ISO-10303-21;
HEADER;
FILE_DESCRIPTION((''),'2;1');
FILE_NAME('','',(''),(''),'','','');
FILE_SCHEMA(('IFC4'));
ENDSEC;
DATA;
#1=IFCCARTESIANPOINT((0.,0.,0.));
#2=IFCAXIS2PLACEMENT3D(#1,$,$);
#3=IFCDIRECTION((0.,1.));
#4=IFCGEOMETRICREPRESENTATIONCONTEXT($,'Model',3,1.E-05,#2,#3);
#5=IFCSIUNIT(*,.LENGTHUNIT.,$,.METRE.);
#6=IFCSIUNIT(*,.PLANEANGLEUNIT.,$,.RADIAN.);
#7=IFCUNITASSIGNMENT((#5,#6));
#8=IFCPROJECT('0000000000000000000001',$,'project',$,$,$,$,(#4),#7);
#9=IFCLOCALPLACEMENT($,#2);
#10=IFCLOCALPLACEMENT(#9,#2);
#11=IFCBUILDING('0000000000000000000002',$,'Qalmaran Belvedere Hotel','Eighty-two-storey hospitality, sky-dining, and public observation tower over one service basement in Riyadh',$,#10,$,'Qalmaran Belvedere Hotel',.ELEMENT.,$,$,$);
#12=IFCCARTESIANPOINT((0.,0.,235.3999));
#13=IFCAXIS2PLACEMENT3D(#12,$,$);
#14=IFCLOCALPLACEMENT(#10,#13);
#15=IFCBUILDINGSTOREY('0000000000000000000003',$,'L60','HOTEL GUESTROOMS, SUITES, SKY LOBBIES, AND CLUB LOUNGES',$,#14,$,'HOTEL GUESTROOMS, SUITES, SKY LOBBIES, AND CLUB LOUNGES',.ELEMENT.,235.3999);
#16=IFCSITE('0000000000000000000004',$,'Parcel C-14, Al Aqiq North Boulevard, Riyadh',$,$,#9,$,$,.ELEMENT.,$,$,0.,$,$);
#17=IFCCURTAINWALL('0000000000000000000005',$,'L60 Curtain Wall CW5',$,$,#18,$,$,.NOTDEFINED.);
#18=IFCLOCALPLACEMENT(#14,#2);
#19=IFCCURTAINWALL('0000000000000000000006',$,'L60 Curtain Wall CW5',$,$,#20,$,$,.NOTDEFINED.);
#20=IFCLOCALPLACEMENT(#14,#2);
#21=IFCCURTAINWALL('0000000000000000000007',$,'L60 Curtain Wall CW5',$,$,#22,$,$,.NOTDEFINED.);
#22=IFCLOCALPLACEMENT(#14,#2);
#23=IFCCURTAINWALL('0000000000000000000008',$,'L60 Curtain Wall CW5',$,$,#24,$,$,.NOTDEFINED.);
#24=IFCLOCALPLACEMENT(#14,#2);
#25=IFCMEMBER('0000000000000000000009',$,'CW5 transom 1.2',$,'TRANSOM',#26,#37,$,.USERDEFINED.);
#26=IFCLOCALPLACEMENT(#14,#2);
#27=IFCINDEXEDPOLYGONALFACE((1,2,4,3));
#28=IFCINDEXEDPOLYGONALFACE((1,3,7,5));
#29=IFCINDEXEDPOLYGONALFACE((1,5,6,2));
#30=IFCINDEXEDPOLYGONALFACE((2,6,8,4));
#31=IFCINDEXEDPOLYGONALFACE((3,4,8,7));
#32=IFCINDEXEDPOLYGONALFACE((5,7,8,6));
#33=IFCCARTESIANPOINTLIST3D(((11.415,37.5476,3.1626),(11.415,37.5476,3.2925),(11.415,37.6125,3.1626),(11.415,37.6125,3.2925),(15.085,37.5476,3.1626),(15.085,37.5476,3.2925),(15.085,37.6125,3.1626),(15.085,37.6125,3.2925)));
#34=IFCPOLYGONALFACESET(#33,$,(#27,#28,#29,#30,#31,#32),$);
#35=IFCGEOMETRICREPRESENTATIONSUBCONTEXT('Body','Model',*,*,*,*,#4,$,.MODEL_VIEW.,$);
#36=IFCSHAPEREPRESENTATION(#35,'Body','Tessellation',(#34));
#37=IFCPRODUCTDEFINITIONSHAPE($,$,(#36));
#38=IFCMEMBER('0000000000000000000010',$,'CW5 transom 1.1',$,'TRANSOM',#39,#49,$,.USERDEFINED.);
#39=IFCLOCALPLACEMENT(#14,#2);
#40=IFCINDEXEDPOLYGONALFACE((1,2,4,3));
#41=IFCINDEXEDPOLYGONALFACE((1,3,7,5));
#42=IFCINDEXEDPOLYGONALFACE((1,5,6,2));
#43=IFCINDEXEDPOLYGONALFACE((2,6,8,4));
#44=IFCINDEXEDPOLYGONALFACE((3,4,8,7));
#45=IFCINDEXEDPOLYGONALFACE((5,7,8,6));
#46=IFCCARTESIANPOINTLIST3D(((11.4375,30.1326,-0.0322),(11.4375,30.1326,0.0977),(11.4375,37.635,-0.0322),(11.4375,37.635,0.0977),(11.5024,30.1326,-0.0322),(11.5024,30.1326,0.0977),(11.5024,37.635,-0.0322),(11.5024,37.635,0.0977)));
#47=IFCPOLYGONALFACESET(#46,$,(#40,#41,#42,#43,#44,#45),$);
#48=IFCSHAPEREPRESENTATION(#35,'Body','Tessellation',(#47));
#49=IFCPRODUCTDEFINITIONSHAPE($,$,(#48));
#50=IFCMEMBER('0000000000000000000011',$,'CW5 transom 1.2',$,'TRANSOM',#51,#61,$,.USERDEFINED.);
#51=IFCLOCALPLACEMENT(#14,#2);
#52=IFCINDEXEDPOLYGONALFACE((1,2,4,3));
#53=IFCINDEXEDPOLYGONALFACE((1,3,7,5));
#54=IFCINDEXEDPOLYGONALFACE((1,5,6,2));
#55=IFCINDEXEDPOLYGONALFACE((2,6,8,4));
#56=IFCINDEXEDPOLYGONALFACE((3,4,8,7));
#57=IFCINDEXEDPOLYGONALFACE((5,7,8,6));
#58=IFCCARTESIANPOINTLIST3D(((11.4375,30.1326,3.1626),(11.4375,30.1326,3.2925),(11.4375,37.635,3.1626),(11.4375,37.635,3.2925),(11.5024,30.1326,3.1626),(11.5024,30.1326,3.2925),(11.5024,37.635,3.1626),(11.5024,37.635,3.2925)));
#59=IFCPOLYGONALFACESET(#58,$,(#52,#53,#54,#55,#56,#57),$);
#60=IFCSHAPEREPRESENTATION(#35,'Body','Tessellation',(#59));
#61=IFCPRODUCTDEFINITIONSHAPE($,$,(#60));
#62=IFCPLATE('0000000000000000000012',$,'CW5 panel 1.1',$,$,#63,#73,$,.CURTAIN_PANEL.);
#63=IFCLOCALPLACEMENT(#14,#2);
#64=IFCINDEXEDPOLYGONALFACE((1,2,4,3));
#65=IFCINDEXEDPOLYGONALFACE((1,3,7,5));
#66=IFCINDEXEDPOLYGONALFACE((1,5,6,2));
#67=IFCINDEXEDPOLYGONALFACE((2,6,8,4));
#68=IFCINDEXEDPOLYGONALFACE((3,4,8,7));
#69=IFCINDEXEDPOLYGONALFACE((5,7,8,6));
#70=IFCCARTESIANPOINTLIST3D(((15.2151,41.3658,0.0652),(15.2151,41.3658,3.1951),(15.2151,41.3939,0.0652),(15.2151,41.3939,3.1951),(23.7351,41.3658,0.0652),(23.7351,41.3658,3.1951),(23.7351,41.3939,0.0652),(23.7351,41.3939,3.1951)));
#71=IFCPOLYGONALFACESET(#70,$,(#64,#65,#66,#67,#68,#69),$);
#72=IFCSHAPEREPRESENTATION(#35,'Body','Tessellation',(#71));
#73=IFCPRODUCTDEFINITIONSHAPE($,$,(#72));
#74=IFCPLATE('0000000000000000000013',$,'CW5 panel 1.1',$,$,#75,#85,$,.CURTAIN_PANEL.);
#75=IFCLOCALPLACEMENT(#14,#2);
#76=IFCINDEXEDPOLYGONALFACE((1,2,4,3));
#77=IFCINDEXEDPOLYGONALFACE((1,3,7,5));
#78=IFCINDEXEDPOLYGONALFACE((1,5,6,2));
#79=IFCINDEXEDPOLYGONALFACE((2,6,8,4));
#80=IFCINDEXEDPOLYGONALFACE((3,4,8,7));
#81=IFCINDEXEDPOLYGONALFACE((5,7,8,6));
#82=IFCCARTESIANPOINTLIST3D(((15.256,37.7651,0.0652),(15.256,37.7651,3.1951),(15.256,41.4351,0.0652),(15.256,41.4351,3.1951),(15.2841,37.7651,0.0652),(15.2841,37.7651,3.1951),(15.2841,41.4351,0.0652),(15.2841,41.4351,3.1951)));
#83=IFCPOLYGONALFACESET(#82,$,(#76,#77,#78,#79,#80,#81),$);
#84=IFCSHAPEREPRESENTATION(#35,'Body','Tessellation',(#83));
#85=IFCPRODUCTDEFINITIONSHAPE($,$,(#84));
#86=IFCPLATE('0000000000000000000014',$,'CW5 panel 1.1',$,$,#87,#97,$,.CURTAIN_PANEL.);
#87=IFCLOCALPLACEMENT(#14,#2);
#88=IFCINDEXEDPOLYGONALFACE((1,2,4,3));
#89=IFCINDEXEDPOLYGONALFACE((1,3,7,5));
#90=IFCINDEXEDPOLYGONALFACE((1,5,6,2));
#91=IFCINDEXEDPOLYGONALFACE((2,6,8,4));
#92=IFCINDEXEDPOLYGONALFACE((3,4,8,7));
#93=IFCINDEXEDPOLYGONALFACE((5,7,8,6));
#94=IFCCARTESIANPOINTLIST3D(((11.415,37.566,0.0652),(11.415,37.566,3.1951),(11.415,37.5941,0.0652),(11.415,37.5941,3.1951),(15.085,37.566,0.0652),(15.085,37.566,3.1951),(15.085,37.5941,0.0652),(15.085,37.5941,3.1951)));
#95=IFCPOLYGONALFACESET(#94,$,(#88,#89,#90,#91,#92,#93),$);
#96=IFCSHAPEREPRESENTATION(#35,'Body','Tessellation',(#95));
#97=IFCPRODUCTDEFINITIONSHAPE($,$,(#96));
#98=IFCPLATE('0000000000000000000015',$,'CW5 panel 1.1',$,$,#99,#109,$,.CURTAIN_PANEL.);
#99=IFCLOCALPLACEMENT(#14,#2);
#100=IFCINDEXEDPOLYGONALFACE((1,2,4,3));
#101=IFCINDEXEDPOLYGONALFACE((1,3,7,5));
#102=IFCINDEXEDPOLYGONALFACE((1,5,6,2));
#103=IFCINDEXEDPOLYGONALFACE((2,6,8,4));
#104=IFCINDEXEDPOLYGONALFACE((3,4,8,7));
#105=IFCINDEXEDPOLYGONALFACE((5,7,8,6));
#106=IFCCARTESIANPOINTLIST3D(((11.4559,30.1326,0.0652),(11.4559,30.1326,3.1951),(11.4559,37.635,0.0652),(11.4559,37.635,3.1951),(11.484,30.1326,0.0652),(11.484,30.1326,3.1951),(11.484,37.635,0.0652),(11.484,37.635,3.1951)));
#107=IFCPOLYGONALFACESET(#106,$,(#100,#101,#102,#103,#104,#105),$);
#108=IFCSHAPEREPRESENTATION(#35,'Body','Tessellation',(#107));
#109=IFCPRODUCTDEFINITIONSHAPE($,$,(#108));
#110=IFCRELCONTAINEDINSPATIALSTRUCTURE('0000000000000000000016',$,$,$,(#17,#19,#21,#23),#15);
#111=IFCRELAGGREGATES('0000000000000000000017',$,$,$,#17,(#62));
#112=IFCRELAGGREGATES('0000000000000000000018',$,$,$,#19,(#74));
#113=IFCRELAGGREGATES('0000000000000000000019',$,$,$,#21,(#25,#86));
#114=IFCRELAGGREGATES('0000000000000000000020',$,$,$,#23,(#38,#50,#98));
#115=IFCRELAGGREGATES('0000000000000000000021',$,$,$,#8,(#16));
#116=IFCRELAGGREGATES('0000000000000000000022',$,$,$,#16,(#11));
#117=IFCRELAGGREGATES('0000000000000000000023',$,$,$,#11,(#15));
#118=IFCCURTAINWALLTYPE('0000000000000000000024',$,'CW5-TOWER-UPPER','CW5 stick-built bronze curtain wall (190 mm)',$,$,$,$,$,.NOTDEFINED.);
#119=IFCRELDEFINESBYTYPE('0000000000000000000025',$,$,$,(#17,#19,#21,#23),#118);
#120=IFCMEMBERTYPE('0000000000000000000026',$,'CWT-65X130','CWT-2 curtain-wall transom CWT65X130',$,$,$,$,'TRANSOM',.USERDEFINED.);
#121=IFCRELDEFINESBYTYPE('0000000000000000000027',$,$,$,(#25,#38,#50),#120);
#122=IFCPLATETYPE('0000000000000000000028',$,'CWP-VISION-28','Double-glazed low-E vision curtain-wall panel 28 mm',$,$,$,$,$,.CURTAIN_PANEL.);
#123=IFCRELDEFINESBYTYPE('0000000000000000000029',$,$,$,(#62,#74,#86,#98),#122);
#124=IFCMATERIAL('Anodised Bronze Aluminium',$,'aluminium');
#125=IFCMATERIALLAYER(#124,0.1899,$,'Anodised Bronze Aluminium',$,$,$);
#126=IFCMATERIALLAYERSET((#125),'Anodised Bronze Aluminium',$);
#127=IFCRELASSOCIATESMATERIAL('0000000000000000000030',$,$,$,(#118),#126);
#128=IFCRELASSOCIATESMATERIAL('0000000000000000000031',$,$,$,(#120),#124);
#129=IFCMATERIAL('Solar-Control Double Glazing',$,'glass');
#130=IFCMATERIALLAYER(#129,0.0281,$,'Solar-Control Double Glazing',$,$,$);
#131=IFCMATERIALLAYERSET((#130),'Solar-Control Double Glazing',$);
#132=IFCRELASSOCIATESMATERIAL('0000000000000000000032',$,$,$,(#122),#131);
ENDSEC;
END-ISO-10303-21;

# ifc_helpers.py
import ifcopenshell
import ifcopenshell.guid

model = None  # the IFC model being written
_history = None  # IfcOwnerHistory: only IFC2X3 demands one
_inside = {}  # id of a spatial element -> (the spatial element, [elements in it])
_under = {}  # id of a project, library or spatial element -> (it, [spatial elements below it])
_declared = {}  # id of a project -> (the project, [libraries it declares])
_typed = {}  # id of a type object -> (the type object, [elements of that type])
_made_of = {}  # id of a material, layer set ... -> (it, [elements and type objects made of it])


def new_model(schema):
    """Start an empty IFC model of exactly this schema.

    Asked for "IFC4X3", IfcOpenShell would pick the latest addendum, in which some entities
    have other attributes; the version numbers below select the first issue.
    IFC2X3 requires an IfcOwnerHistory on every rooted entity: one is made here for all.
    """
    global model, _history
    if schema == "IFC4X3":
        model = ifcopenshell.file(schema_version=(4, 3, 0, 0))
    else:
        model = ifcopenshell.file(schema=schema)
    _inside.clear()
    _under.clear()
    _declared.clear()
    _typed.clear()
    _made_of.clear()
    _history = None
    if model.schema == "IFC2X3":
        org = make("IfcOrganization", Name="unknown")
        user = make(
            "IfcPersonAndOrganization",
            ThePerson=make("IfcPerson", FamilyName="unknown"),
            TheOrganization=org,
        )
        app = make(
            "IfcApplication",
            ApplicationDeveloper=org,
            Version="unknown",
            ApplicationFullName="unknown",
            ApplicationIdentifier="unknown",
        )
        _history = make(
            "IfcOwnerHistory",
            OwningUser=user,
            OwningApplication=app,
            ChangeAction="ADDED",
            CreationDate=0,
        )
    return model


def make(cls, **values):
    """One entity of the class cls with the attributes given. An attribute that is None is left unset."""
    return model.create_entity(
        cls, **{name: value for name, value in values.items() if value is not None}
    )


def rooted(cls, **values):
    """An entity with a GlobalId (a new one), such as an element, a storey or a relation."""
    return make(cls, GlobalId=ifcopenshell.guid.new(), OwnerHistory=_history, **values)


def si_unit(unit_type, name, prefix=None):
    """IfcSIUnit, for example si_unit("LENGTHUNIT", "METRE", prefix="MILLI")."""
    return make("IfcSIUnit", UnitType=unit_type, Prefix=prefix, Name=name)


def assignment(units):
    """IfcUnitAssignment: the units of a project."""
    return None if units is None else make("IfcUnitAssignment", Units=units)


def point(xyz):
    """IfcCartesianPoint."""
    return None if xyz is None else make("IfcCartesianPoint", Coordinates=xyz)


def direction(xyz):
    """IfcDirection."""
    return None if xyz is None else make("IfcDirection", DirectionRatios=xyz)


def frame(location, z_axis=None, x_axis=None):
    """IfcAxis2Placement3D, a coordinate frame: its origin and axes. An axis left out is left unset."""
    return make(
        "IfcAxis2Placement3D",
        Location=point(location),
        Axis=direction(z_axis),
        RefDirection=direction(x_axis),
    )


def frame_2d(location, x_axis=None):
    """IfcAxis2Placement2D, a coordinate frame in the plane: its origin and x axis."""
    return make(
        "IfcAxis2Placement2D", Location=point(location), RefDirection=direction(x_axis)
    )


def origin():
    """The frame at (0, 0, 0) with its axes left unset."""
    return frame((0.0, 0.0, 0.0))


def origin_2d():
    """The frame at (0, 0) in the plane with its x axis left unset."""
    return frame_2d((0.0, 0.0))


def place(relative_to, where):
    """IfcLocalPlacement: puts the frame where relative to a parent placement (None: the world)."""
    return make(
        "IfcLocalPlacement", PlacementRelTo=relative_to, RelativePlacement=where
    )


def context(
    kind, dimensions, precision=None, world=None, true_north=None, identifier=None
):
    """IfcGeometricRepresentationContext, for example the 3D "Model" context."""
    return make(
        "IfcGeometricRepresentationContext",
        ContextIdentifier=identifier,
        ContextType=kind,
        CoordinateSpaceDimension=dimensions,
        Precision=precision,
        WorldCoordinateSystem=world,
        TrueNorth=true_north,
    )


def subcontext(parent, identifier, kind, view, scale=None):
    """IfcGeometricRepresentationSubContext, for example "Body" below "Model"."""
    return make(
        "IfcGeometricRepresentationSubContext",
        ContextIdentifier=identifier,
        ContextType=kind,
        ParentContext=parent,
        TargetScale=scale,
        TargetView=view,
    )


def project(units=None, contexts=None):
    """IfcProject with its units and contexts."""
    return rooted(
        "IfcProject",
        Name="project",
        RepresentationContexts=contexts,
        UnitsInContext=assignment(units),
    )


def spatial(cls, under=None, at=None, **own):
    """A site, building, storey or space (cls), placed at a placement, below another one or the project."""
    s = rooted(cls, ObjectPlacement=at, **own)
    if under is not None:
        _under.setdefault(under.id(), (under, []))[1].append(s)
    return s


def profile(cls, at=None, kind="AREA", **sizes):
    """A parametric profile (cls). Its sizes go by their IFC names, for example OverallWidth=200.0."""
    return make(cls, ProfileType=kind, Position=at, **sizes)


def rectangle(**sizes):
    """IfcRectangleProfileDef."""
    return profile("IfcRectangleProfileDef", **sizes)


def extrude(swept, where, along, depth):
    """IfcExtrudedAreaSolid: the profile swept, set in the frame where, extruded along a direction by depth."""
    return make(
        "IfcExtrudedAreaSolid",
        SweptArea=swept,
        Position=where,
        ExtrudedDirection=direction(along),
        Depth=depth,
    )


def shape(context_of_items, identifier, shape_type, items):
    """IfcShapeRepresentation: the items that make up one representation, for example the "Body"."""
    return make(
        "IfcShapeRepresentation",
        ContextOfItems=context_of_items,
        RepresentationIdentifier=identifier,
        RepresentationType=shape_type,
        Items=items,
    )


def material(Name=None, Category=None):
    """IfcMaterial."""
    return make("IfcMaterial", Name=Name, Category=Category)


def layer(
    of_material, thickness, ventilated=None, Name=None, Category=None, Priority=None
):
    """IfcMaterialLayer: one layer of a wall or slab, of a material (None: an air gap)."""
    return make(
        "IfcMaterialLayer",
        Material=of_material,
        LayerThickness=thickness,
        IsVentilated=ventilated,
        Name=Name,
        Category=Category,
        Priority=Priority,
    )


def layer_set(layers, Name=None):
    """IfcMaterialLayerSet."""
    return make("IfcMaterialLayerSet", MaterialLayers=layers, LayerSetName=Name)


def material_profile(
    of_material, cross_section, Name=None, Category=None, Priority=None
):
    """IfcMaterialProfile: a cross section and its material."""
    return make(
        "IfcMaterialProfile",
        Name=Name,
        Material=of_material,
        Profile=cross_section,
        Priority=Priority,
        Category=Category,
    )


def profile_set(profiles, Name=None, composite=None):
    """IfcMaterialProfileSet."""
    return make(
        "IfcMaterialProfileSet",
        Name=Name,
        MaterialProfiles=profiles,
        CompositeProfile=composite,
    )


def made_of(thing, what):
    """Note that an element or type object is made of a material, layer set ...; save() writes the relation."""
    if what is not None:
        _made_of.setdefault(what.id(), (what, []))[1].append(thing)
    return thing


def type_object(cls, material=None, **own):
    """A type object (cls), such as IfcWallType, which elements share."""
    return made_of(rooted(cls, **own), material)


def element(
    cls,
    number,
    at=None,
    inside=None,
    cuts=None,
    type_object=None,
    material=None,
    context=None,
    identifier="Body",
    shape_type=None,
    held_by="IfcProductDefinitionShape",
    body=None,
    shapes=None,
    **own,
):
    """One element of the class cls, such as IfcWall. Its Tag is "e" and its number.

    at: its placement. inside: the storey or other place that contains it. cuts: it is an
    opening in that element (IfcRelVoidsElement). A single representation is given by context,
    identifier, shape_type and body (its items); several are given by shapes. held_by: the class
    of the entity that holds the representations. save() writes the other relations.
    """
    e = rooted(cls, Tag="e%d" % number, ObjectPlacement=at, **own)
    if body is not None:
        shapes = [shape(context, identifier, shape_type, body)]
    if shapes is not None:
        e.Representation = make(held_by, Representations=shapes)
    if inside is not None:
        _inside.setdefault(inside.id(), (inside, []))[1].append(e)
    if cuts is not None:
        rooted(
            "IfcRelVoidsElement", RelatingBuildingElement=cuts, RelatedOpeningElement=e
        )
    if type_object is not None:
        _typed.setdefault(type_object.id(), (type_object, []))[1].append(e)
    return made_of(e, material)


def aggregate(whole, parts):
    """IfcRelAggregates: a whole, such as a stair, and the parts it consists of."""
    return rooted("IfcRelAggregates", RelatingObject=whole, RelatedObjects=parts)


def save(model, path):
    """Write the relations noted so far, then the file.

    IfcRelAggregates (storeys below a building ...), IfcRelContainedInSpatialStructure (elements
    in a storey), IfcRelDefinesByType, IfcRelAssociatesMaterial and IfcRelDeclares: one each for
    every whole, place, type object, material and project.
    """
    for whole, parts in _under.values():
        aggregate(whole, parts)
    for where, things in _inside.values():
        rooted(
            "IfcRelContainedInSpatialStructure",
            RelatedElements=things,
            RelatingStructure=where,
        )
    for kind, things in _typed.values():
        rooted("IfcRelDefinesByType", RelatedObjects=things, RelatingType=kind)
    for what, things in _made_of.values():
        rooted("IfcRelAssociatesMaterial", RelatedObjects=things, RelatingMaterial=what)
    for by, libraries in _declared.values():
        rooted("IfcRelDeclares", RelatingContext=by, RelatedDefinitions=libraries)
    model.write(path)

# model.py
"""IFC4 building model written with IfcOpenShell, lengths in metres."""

from ifc_helpers import new_model, si_unit, direction, frame, origin, origin_2d, place, context, subcontext, project, spatial, rectangle, extrude, material, layer, layer_set, material_profile, profile_set, type_object, element, aggregate, save


model = new_model("IFC4")

# Units and contexts
model_context = context("Model", 3, precision=1e-05, world=origin(), true_north=direction((0.0, 1.0)))
body_context = subcontext(model_context, "Body", "Model", "MODEL_VIEW")
ifc_project = project(units=[si_unit("LENGTHUNIT", "METRE"), si_unit("PLANEANGLEUNIT", "RADIAN")], contexts=[model_context])

# Site, building, storey
site_placement = place(None, origin())
site = spatial("IfcSite", under=ifc_project, at=site_placement, Name="Parcel C-14, Al Aqiq North Boulevard, Riyadh", CompositionType="ELEMENT", RefElevation=0.0)
building_placement = place(site_placement, origin())
building = spatial("IfcBuilding", under=site, at=building_placement, Name="Qalmaran Belvedere Hotel", Description="Eighty-two-storey hospitality, sky-dining, and public observation tower over one service basement in Riyadh", LongName="Qalmaran Belvedere Hotel", CompositionType="ELEMENT")
storey_placement = place(building_placement, frame((0.0, 0.0, 235.3999)))
storey = spatial("IfcBuildingStorey", under=building, at=storey_placement, Name="L60", Description="HOTEL GUESTROOMS, SUITES, SKY LOBBIES, AND CLUB LOUNGES", LongName="HOTEL GUESTROOMS, SUITES, SKY LOBBIES, AND CLUB LOUNGES", CompositionType="ELEMENT", Elevation=235.3999)

# Curtain wall
ifc_material_1 = material(Name="Anodised Bronze Aluminium", Category="aluminium")
ifc_layer_1 = layer(ifc_material_1, 0.1899, Name="Anodised Bronze Aluminium")
ifc_layer_set_1 = layer_set([ifc_layer_1], Name="Anodised Bronze Aluminium")
curtain_wall_type = type_object("IfcCurtainWallType", Name="CW5-TOWER-UPPER", Description="CW5 stick-built bronze curtain wall (190 mm)", PredefinedType="NOTDEFINED", material=ifc_layer_set_1)
curtain_wall_1_placement = place(storey_placement, origin())
curtain_wall_1 = element("IfcCurtainWall", 1, at=curtain_wall_1_placement, inside=storey, type_object=curtain_wall_type, Name="L60 Curtain Wall CW5", PredefinedType="NOTDEFINED")

# Curtain walls
curtain_wall_2_placement = place(storey_placement, origin())
curtain_wall_2 = element("IfcCurtainWall", 2, at=curtain_wall_2_placement, inside=storey, type_object=curtain_wall_type, Name="L60 Curtain Wall CW5", PredefinedType="NOTDEFINED")
curtain_wall_3_placement = place(storey_placement, origin())
curtain_wall_3 = element("IfcCurtainWall", 3, at=curtain_wall_3_placement, inside=storey, type_object=curtain_wall_type, Name="L60 Curtain Wall CW5", PredefinedType="NOTDEFINED")

# Curtain wall
curtain_wall_4_placement = place(storey_placement, origin())
curtain_wall_4 = element("IfcCurtainWall", 4, at=curtain_wall_4_placement, inside=storey, type_object=curtain_wall_type, Name="L60 Curtain Wall CW5", PredefinedType="NOTDEFINED")

# Members
ifc_material_profile_1 = material_profile(ifc_material_1, rectangle(XDim=0.0649, YDim=0.1299, at=origin_2d()), Name="CWT65X130")
ifc_profile_set_1 = profile_set([ifc_material_profile_1], Name="Anodised Bronze Aluminium")
member_type_1 = type_object("IfcMemberType", Name="CWT-65X130", Description="CWT-2 curtain-wall transom CWT65X130", ElementType="TRANSOM", PredefinedType="USERDEFINED", material=ifc_profile_set_1)
member_1_placement = place(storey_placement, frame((15.085, 37.5801, 3.2275), z_axis=(-1.0, 0.0, 0.0), x_axis=(0.0, -1.0, 0.0)))
member_1 = element("IfcMember", 5, at=member_1_placement, type_object=member_type_1, Name="CW5 transom 1.2", ObjectType="TRANSOM", PredefinedType="USERDEFINED", context=body_context, shape_type="SweptSolid", body=[
    extrude(rectangle(XDim=0.0649, YDim=0.1299, at=origin_2d()), origin(), (0.0, 0.0, 1.0), 3.6699),
])
member_2_placement = place(storey_placement, frame((11.47, 37.635, 0.0327), z_axis=(0.0, -1.0, 0.0), x_axis=(1.0, 0.0, 0.0)))
member_2 = element("IfcMember", 6, at=member_2_placement, type_object=member_type_1, Name="CW5 transom 1.1", ObjectType="TRANSOM", PredefinedType="USERDEFINED", context=body_context, shape_type="SweptSolid", body=[
    extrude(rectangle(XDim=0.0649, YDim=0.1299, at=origin_2d()), origin(), (0.0, 0.0, 1.0), 7.5024),
])
member_3_placement = place(storey_placement, frame((11.47, 37.635, 3.2275), z_axis=(0.0, -1.0, 0.0), x_axis=(1.0, 0.0, 0.0)))
member_3 = element("IfcMember", 7, at=member_3_placement, type_object=member_type_1, Name="CW5 transom 1.2", ObjectType="TRANSOM", PredefinedType="USERDEFINED", context=body_context, shape_type="SweptSolid", body=[
    extrude(rectangle(XDim=0.0649, YDim=0.1299, at=origin_2d()), origin(), (0.0, 0.0, 1.0), 7.5024),
])

# Plates
ifc_material_2 = material(Name="Solar-Control Double Glazing", Category="glass")
ifc_layer_2 = layer(ifc_material_2, 0.0281, Name="Solar-Control Double Glazing")
ifc_layer_set_2 = layer_set([ifc_layer_2], Name="Solar-Control Double Glazing")
plate_type = type_object("IfcPlateType", Name="CWP-VISION-28", Description="Double-glazed low-E vision curtain-wall panel 28 mm", PredefinedType="CURTAIN_PANEL", material=ifc_layer_set_2)
plate_1_placement = place(storey_placement, frame((19.4751, 41.3799, 0.0652), z_axis=(0.0, 0.0, 1.0), x_axis=(-1.0, 0.0, 0.0)))
plate_1 = element("IfcPlate", 8, at=plate_1_placement, type_object=plate_type, Name="CW5 panel 1.1", PredefinedType="CURTAIN_PANEL", context=body_context, shape_type="SweptSolid", body=[
    extrude(rectangle(XDim=8.52, YDim=0.0281, at=origin_2d()), origin(), (0.0, 0.0, 1.0), 3.1299),
])
aggregate(curtain_wall_1, [plate_1])
plate_2_placement = place(storey_placement, frame((15.27, 39.6001, 0.0652), z_axis=(0.0, 0.0, 1.0), x_axis=(0.0, -1.0, 0.0)))
plate_2 = element("IfcPlate", 9, at=plate_2_placement, type_object=plate_type, Name="CW5 panel 1.1", PredefinedType="CURTAIN_PANEL", context=body_context, shape_type="SweptSolid", body=[
    extrude(rectangle(XDim=3.6699, YDim=0.0281, at=origin_2d()), origin(), (0.0, 0.0, 1.0), 3.1299),
])
aggregate(curtain_wall_2, [plate_2])
plate_3_placement = place(storey_placement, frame((13.25, 37.5801, 0.0652), z_axis=(0.0, 0.0, 1.0), x_axis=(-1.0, 0.0, 0.0)))
plate_3 = element("IfcPlate", 10, at=plate_3_placement, type_object=plate_type, Name="CW5 panel 1.1", PredefinedType="CURTAIN_PANEL", context=body_context, shape_type="SweptSolid", body=[
    extrude(rectangle(XDim=3.6699, YDim=0.0281, at=origin_2d()), origin(), (0.0, 0.0, 1.0), 3.1299),
])
aggregate(curtain_wall_3, [member_1, plate_3])
plate_4_placement = place(storey_placement, frame((11.47, 33.8838, 0.0652), z_axis=(0.0, 0.0, 1.0), x_axis=(0.0, -1.0, 0.0)))
plate_4 = element("IfcPlate", 11, at=plate_4_placement, type_object=plate_type, Name="CW5 panel 1.1", PredefinedType="CURTAIN_PANEL", context=body_context, shape_type="SweptSolid", body=[
    extrude(rectangle(XDim=7.5024, YDim=0.0281, at=origin_2d()), origin(), (0.0, 0.0, 1.0), 3.1299),
])
aggregate(curtain_wall_4, [member_2, member_3, plate_4])

save(model, "model.ifc")
